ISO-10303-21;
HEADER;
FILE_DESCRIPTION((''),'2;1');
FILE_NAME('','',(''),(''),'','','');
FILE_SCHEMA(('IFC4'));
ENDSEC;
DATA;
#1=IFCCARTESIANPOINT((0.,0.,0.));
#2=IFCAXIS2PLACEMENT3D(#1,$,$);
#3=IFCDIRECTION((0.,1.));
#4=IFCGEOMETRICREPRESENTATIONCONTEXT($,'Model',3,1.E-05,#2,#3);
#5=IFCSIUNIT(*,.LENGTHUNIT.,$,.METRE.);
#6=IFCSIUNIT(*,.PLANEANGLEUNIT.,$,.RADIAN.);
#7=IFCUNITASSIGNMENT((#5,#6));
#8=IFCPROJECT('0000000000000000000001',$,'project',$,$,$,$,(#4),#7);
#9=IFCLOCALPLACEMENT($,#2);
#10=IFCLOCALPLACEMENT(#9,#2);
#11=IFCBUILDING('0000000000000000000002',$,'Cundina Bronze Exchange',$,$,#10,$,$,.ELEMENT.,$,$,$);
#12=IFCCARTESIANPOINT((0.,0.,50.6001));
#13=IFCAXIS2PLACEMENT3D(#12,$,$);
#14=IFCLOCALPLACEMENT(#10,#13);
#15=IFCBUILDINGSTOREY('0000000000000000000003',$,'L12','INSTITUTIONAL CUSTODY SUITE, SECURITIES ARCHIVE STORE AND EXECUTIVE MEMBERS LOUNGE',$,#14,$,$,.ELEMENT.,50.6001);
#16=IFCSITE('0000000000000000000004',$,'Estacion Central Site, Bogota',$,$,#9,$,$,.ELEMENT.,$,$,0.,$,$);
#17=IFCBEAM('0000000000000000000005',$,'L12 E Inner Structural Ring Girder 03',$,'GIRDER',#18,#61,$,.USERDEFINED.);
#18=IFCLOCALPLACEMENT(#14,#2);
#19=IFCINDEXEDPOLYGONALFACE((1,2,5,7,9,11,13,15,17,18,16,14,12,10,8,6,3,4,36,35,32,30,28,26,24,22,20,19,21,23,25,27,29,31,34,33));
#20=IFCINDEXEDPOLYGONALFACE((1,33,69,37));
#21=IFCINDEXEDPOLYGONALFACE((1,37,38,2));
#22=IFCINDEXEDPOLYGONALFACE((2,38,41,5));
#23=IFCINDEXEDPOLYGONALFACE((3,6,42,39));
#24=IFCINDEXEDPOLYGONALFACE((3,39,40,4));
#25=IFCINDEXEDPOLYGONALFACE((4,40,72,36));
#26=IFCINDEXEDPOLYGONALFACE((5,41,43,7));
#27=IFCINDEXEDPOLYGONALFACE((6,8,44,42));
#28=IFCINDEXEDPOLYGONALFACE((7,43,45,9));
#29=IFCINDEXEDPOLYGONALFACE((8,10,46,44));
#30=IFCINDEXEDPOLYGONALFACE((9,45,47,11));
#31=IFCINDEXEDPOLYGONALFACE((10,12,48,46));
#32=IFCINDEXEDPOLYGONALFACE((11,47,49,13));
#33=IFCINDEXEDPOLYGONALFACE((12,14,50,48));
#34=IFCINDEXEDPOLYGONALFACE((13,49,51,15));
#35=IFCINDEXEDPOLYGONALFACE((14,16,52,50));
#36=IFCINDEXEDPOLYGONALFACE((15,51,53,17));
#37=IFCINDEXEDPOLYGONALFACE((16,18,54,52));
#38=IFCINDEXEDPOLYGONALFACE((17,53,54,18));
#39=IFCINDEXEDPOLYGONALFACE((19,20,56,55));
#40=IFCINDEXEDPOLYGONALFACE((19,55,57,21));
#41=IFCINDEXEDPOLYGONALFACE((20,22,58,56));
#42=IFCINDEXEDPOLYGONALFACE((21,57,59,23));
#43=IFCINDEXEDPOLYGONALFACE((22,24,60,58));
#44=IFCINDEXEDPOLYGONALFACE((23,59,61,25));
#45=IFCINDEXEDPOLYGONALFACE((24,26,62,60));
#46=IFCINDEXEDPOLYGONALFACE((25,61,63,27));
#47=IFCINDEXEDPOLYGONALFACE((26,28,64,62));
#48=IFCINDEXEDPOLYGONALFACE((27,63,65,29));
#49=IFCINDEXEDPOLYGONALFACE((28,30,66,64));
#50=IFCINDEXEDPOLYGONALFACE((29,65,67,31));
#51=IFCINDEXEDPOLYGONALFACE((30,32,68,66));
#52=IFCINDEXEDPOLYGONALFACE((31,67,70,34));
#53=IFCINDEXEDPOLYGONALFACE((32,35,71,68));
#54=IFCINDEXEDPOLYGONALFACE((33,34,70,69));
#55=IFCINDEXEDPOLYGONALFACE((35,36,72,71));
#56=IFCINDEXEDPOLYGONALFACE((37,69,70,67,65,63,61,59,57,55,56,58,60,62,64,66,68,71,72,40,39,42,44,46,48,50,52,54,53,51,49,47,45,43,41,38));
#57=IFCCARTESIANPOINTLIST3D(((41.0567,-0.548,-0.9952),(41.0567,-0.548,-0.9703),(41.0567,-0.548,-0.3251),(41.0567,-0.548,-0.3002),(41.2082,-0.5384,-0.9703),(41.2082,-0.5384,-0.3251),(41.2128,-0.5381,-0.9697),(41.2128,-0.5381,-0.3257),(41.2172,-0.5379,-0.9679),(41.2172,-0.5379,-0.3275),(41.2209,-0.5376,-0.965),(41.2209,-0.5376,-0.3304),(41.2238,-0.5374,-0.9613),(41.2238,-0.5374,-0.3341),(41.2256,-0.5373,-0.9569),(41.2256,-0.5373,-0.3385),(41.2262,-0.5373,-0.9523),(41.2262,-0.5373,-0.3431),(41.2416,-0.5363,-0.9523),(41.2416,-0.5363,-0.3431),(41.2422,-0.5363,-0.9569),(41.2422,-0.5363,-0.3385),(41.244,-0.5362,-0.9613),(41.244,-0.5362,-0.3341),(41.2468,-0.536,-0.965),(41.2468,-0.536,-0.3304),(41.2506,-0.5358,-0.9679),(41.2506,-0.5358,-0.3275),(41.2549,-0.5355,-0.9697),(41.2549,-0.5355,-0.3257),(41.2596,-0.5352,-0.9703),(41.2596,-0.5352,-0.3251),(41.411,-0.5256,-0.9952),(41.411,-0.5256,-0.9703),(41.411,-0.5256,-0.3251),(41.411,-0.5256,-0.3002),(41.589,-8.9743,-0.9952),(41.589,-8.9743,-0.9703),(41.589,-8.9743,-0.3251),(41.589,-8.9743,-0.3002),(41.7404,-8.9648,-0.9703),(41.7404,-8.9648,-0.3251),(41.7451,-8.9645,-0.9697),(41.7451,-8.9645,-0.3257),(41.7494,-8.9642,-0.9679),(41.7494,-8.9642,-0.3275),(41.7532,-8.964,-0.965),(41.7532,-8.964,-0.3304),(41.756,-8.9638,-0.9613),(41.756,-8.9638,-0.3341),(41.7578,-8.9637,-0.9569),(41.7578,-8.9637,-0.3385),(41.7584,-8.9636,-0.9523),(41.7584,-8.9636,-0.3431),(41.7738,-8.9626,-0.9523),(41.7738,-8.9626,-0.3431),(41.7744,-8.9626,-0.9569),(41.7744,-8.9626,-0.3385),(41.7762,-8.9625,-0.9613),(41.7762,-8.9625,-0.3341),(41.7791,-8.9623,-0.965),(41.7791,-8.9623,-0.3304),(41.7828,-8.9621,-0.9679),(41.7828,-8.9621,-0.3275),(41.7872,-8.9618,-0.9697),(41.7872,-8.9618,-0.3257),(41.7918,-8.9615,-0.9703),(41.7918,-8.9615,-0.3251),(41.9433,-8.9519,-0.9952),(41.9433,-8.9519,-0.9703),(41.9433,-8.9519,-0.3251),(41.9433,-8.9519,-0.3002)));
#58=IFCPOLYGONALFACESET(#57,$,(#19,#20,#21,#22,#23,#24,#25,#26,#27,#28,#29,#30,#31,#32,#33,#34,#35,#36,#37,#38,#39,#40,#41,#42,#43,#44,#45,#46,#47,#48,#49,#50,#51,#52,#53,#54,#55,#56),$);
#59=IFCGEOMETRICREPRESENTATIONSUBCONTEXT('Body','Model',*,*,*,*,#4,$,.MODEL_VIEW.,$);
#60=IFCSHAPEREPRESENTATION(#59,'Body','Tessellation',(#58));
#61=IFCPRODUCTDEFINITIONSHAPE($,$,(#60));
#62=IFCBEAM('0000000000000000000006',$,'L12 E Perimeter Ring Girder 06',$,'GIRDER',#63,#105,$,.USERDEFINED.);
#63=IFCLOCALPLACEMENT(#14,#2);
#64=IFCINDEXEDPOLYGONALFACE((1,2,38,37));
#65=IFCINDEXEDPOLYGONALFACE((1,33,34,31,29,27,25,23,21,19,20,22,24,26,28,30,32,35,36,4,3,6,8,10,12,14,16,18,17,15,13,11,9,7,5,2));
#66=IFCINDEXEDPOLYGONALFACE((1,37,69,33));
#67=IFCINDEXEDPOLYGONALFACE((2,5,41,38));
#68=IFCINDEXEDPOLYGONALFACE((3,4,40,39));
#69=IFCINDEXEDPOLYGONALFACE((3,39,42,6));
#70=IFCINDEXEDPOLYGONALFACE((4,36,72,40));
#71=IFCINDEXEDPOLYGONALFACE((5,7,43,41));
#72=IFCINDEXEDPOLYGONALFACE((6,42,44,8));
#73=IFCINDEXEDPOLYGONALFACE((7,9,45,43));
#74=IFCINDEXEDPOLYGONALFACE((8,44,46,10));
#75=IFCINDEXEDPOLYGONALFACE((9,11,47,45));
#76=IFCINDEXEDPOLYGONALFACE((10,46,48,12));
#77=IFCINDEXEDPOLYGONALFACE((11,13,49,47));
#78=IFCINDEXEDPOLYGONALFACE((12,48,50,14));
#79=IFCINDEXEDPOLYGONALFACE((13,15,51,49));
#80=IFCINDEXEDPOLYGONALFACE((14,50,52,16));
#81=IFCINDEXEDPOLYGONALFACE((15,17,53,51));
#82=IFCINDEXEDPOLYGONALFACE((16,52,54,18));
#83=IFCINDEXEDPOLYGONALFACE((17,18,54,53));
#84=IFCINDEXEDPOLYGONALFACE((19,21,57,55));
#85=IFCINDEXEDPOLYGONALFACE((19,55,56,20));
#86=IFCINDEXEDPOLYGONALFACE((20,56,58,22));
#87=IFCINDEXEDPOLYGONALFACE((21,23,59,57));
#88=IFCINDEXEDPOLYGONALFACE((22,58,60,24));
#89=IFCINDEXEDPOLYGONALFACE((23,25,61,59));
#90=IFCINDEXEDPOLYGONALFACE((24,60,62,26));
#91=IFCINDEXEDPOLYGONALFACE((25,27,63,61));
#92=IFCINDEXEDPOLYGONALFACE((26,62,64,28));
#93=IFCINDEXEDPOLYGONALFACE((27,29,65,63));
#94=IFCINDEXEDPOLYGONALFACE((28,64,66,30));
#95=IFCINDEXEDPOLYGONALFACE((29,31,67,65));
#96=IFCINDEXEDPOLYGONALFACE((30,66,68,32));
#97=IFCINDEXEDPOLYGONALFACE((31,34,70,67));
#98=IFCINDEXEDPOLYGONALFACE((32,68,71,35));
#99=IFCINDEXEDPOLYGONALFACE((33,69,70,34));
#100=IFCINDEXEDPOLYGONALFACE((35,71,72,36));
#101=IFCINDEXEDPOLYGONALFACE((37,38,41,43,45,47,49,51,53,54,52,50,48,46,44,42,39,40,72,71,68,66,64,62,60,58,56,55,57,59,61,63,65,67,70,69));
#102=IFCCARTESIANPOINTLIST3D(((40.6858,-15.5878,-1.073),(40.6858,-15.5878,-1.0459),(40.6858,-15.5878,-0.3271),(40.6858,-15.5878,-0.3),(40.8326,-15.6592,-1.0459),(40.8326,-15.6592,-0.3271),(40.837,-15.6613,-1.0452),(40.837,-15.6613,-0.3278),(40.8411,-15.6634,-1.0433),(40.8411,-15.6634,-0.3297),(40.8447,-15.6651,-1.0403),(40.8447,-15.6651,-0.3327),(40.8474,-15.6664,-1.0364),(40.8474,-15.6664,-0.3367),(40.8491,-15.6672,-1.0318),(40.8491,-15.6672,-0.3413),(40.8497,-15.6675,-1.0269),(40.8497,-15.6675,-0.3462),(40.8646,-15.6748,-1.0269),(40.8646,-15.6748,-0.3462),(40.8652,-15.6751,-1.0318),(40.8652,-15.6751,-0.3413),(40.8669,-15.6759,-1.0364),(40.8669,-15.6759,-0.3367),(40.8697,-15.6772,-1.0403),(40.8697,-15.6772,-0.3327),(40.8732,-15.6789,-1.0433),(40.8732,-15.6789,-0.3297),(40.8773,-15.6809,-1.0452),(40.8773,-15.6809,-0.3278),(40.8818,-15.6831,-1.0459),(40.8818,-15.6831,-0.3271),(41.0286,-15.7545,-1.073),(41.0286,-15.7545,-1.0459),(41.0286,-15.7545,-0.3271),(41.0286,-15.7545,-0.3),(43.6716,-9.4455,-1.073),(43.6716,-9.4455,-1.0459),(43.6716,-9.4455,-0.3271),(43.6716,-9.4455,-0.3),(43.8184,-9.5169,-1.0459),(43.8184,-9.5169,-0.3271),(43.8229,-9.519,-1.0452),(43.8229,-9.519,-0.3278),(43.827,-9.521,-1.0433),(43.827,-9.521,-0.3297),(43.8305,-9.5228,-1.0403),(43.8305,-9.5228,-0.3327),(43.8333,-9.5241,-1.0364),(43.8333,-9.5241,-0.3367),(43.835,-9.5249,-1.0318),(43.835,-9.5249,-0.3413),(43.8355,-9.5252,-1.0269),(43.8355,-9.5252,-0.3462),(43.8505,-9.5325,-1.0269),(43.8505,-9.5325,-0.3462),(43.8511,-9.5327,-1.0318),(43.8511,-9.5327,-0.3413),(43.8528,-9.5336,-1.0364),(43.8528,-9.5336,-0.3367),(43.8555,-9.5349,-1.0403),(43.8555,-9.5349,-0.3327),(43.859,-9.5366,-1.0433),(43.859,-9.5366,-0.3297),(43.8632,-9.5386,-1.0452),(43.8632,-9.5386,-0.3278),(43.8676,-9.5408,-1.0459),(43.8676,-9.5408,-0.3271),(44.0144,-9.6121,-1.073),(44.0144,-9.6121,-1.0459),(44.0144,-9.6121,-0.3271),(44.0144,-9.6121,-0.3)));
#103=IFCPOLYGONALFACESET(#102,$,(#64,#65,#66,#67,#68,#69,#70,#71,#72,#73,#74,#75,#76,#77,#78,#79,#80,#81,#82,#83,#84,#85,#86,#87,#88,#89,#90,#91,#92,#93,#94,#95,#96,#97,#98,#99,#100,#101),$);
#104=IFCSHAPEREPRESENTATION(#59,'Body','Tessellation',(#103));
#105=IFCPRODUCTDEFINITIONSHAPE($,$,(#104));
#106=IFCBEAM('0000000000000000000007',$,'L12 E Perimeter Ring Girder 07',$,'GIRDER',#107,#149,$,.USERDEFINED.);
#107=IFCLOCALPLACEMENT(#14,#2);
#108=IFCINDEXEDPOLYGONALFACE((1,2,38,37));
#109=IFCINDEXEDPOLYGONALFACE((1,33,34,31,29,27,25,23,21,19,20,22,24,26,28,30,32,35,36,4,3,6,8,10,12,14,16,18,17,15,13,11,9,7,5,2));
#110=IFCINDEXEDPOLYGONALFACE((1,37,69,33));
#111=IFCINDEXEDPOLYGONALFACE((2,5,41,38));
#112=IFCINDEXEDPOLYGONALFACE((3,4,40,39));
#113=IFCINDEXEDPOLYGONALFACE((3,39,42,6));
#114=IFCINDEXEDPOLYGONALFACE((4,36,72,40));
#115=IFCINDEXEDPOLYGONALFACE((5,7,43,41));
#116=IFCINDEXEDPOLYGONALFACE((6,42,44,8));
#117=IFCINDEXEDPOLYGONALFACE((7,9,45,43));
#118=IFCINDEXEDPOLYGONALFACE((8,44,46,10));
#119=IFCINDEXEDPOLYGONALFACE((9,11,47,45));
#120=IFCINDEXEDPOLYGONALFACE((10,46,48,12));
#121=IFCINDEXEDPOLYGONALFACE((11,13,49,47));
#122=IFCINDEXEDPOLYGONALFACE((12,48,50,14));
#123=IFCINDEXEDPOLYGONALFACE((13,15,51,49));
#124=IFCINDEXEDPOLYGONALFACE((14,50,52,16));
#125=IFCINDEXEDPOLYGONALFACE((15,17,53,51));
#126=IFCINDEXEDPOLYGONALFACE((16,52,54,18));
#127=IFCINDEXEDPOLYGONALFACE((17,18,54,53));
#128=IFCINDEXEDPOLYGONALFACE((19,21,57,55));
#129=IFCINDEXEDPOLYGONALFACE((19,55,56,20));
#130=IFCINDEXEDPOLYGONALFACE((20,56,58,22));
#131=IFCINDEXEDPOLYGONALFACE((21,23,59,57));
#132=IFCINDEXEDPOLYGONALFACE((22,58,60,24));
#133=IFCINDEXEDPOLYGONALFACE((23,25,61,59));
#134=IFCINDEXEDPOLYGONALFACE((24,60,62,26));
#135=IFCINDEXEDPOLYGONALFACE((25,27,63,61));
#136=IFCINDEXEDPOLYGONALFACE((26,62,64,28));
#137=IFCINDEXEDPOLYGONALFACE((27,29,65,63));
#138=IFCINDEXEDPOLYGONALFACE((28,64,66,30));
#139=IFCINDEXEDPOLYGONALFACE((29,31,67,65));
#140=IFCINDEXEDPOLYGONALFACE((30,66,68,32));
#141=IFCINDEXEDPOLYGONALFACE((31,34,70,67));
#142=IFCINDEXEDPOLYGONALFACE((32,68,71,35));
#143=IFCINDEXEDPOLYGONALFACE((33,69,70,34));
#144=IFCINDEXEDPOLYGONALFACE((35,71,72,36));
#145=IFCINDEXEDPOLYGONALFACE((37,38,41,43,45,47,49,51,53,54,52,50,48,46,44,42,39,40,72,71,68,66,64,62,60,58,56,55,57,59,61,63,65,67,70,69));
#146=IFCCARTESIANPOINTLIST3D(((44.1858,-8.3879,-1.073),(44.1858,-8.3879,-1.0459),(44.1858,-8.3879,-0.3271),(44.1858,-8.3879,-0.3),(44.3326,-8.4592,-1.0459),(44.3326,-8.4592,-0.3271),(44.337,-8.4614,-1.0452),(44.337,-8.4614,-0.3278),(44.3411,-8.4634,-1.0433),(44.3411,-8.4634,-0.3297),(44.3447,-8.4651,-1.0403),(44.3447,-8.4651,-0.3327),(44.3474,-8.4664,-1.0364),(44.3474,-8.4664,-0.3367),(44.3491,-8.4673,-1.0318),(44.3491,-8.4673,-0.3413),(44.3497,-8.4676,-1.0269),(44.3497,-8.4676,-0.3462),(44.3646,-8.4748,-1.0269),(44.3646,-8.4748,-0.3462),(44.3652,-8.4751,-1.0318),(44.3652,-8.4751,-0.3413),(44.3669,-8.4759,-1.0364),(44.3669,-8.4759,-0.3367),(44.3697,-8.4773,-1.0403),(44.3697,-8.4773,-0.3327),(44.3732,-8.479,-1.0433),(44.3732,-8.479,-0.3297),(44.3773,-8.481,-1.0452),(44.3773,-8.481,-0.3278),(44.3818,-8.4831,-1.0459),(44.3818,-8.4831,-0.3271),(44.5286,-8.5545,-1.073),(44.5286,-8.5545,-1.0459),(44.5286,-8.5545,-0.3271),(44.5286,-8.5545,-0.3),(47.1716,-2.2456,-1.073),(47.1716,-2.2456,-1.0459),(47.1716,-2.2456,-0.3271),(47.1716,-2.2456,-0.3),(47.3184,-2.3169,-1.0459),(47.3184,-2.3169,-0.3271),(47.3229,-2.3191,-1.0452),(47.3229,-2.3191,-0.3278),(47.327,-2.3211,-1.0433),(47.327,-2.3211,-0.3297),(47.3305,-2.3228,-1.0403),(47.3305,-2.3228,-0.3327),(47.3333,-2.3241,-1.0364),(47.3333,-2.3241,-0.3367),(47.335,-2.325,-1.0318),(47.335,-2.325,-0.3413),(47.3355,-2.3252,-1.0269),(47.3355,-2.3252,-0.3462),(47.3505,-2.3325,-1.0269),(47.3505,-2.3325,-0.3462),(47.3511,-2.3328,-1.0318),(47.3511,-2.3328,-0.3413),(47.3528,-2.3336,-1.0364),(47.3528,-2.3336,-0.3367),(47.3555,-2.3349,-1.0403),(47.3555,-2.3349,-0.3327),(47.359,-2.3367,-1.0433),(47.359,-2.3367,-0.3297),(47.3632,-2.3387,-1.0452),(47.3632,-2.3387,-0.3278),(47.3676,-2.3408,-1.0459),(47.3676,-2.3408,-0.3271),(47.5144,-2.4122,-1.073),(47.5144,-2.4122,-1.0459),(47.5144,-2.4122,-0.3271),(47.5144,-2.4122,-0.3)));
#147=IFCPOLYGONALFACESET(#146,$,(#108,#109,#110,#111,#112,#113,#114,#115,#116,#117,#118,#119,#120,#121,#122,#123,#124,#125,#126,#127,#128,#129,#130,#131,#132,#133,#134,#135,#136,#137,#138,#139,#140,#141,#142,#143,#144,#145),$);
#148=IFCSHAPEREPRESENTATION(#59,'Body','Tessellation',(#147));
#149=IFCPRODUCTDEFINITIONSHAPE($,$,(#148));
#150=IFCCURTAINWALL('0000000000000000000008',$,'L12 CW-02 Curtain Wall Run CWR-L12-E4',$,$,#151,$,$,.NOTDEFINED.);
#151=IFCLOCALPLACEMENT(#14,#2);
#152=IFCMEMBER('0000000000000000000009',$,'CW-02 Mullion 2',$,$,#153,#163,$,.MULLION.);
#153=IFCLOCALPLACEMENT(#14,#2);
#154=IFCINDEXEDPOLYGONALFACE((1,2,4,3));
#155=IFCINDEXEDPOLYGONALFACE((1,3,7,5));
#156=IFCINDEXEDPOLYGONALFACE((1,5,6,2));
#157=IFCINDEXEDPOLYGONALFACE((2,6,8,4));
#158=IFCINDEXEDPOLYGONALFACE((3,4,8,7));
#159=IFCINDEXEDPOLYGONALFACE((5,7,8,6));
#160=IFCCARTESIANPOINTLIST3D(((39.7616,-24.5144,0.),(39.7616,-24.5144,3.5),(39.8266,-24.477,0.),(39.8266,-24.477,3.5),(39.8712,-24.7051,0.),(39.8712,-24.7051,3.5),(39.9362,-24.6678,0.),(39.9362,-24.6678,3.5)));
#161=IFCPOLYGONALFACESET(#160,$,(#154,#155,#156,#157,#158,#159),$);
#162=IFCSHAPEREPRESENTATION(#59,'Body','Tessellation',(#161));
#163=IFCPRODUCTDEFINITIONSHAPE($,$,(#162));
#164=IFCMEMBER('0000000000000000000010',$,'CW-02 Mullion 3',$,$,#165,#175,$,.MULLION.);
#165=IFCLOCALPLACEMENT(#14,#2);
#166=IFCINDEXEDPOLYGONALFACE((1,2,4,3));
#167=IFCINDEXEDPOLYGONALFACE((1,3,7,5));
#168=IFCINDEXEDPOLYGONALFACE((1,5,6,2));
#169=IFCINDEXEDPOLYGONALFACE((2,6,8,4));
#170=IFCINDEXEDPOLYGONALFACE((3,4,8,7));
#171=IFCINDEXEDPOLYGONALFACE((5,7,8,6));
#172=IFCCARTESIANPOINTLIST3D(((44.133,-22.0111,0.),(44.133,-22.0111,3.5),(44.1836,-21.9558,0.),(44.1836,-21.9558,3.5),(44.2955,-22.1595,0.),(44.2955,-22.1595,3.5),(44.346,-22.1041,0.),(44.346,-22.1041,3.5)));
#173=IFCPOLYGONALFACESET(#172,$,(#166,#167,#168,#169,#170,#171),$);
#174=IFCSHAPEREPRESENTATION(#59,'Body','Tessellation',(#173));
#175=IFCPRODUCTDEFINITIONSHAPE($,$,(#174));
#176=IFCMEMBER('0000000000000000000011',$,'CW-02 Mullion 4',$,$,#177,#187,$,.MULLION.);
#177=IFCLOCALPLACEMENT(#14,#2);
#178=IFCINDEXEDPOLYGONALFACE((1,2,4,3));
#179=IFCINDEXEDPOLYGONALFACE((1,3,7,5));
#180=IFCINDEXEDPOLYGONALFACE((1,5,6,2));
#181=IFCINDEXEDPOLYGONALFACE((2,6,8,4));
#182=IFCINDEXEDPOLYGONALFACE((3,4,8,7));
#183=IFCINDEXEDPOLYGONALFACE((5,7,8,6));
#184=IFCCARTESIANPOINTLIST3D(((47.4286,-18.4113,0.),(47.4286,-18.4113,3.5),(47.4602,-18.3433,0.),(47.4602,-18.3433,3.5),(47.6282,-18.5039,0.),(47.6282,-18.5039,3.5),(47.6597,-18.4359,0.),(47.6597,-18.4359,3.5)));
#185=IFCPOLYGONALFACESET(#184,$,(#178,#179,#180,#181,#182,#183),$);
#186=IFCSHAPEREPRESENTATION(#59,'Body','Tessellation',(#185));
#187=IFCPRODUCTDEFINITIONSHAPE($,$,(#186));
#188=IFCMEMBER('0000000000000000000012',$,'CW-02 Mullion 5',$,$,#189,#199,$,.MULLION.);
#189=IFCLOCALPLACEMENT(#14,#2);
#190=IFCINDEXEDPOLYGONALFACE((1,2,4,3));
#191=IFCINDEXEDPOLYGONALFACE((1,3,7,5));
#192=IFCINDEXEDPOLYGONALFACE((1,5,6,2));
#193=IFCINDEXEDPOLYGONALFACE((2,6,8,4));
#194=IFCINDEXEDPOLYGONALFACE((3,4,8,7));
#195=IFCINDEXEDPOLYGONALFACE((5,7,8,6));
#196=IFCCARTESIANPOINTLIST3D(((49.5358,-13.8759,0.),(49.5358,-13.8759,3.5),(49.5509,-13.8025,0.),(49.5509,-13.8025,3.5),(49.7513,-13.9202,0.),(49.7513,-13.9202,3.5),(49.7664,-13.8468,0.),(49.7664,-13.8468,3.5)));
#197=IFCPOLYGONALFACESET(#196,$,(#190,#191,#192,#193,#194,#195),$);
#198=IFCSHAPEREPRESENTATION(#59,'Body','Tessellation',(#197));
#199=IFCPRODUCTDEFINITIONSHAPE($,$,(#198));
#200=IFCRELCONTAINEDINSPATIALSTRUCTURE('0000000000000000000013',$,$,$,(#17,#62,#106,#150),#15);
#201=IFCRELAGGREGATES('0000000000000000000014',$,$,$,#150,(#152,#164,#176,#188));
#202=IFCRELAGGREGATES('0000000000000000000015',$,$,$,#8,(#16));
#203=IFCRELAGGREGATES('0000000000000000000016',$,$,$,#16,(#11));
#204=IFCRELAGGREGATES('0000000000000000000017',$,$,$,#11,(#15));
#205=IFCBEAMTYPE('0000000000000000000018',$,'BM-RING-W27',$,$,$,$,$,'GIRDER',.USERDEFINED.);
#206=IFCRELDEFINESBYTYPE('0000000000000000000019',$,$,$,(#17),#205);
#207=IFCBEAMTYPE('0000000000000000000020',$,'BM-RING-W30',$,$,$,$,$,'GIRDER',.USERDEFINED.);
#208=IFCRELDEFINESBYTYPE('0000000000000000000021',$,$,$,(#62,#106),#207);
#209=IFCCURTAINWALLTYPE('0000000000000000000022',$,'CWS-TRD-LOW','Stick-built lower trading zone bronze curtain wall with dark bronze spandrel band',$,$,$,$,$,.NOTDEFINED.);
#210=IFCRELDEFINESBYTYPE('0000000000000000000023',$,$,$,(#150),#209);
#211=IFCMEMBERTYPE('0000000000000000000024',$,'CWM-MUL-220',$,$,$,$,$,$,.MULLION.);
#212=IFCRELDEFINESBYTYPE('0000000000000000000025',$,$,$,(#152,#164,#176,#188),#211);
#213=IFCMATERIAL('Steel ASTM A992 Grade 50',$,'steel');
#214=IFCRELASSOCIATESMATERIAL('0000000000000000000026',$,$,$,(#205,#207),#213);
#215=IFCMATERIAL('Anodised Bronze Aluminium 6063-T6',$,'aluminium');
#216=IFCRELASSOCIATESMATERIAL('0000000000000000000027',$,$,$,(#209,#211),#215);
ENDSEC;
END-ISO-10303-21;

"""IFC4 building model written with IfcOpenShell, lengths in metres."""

from ifc_helpers import new_model, si_unit, direction, frame, origin, origin_2d, place, context, subcontext, project, spatial, rectangle, i_section, extrude, material, material_profile, profile_set, type_object, element, aggregate, save


model = new_model("IFC4")

# Units and contexts
model_context = context("Model", 3, precision=1e-05, world=origin(), true_north=direction((0.0, 1.0)))
body_context = subcontext(model_context, "Body", "Model", "MODEL_VIEW")
ifc_project = project(units=[si_unit("LENGTHUNIT", "METRE"), si_unit("PLANEANGLEUNIT", "RADIAN")], contexts=[model_context])

# Site, building, storey
site_placement = place(None, origin())
site = spatial("IfcSite", under=ifc_project, at=site_placement, Name="Estacion Central Site, Bogota", CompositionType="ELEMENT", RefElevation=0.0)
building_placement = place(site_placement, origin())
building = spatial("IfcBuilding", under=site, at=building_placement, Name="Cundina Bronze Exchange", CompositionType="ELEMENT")
storey_placement = place(building_placement, frame((0.0, 0.0, 50.6001)))
storey = spatial("IfcBuildingStorey", under=building, at=storey_placement, Name="L12", Description="INSTITUTIONAL CUSTODY SUITE, SECURITIES ARCHIVE STORE AND EXECUTIVE MEMBERS LOUNGE", CompositionType="ELEMENT", Elevation=50.6001)

# Beams
ifc_material_1 = material(Name="Steel ASTM A992 Grade 50", Category="steel")
ifc_material_profile_1 = material_profile(ifc_material_1, i_section(OverallWidth=0.355, OverallDepth=0.6951, WebThickness=0.0154, FlangeThickness=0.0249, FilletRadius=0.0181, at=origin_2d()), Name="W27X146", Category="steel")
ifc_profile_set_1 = profile_set([ifc_material_profile_1], Name="Steel ASTM A992 Grade 50")
beam_type_1 = type_object("IfcBeamType", Name="BM-RING-W27", ElementType="GIRDER", PredefinedType="USERDEFINED", material=ifc_profile_set_1)
beam_1_placement = place(storey_placement, frame((41.7661, -8.9631, -0.6477), z_axis=(-0.063037, 0.998011, 0.0), x_axis=(-0.998011, -0.063037, 0.0)))
element("IfcBeam", 1, at=beam_1_placement, inside=storey, type_object=beam_type_1, Name="L12 E Inner Structural Ring Girder 03", ObjectType="GIRDER", PredefinedType="USERDEFINED", context=body_context, shape_type="SweptSolid", body=[
    extrude(i_section(OverallWidth=0.355, OverallDepth=0.6951, WebThickness=0.0154, FlangeThickness=0.0249, FilletRadius=0.0181, at=origin_2d()), origin(), (0.0, 0.0, 1.0), 8.4431),
])
ifc_material_profile_2 = material_profile(ifc_material_1, i_section(OverallWidth=0.3811, OverallDepth=0.7729, WebThickness=0.0166, FlangeThickness=0.0271, FilletRadius=0.019, at=origin_2d()), Name="W30X173", Category="steel")
ifc_profile_set_2 = profile_set([ifc_material_profile_2], Name="Steel ASTM A992 Grade 50")
beam_type_2 = type_object("IfcBeamType", Name="BM-RING-W30", ElementType="GIRDER", PredefinedType="USERDEFINED", material=ifc_profile_set_2)
for number, where, z_axis, x_axis, name in (
    (2, (40.8572, -15.6711, -0.6865), (0.437191, 0.899369, 0.0), (-0.899369, 0.437191, 0.0), "L12 E Perimeter Ring Girder 06"),
    (3, (44.3572, -8.4712, -0.6865), (0.437191, 0.899369, 0.0), (-0.899369, 0.437191, 0.0), "L12 E Perimeter Ring Girder 07"),
):
    element("IfcBeam", number, at=place(storey_placement, frame(where, z_axis=z_axis, x_axis=x_axis)), inside=storey, type_object=beam_type_2, Name=name, ObjectType="GIRDER", PredefinedType="USERDEFINED", context=body_context, shape_type="SweptSolid", body=[
        extrude(i_section(OverallWidth=0.3811, OverallDepth=0.7729, WebThickness=0.0166, FlangeThickness=0.0271, FilletRadius=0.019, at=origin_2d()), origin(), (0.0, 0.0, 1.0), 6.8296),
    ])

# Curtain wall, members
ifc_material_2 = material(Name="Anodised Bronze Aluminium 6063-T6", Category="aluminium")
curtain_wall_type = type_object("IfcCurtainWallType", Name="CWS-TRD-LOW", Description="Stick-built lower trading zone bronze curtain wall with dark bronze spandrel band", PredefinedType="NOTDEFINED", material=ifc_material_2)
curtain_wall_placement = place(storey_placement, origin())
curtain_wall = element("IfcCurtainWall", 4, at=curtain_wall_placement, inside=storey, type_object=curtain_wall_type, Name="L12 CW-02 Curtain Wall Run CWR-L12-E4", PredefinedType="NOTDEFINED")
ifc_material_profile_3 = material_profile(ifc_material_2, rectangle(XDim=0.075, YDim=0.22, at=origin_2d()), Name="AL75X220", Category="aluminium")
ifc_profile_set_3 = profile_set([ifc_material_profile_3], Name="Anodised Bronze Aluminium 6063-T6")
member_type_1 = type_object("IfcMemberType", Name="CWM-MUL-220", PredefinedType="MULLION", material=ifc_profile_set_3)
member_1_placement = place(storey_placement, frame((39.8489, -24.5911, 0.0), z_axis=(0.0, 0.0, 1.0), x_axis=(0.867071, 0.498185, 0.0)))
member_1 = element("IfcMember", 5, at=member_1_placement, type_object=member_type_1, Name="CW-02 Mullion 2", PredefinedType="MULLION", context=body_context, shape_type="SweptSolid", body=[
    extrude(rectangle(XDim=0.075, YDim=0.22, at=origin_2d()), origin(), (0.0, 0.0, 1.0), 3.5),
])
member_2_placement = place(storey_placement, frame((44.2395, -22.0576, 0.0), z_axis=(0.0, 0.0, 1.0), x_axis=(0.674302, 0.738455, 0.0)))
member_2 = element("IfcMember", 6, at=member_2_placement, type_object=member_type_1, Name="CW-02 Mullion 3", PredefinedType="MULLION", context=body_context, shape_type="SweptSolid", body=[
    extrude(rectangle(XDim=0.075, YDim=0.22, at=origin_2d()), origin(), (0.0, 0.0, 1.0), 3.5),
])
member_3_placement = place(storey_placement, frame((47.5442, -18.4236, 0.0), z_axis=(0.0, 0.0, 1.0), x_axis=(0.420877, 0.907117, 0.0)))
member_3 = element("IfcMember", 7, at=member_3_placement, type_object=member_type_1, Name="CW-02 Mullion 4", PredefinedType="MULLION", context=body_context, shape_type="SweptSolid", body=[
    extrude(rectangle(XDim=0.075, YDim=0.22, at=origin_2d()), origin(), (0.0, 0.0, 1.0), 3.5),
])
member_4_placement = place(storey_placement, frame((49.6511, -13.8613, 0.0), z_axis=(0.0, 0.0, 1.0), x_axis=(0.20142, 0.979505, 0.0)))
member_4 = element("IfcMember", 8, at=member_4_placement, type_object=member_type_1, Name="CW-02 Mullion 5", PredefinedType="MULLION", context=body_context, shape_type="SweptSolid", body=[
    extrude(rectangle(XDim=0.075, YDim=0.22, at=origin_2d()), origin(), (0.0, 0.0, 1.0), 3.5),
])
aggregate(curtain_wall, [member_1, member_2, member_3, member_4])

save(model, "model.ifc")
